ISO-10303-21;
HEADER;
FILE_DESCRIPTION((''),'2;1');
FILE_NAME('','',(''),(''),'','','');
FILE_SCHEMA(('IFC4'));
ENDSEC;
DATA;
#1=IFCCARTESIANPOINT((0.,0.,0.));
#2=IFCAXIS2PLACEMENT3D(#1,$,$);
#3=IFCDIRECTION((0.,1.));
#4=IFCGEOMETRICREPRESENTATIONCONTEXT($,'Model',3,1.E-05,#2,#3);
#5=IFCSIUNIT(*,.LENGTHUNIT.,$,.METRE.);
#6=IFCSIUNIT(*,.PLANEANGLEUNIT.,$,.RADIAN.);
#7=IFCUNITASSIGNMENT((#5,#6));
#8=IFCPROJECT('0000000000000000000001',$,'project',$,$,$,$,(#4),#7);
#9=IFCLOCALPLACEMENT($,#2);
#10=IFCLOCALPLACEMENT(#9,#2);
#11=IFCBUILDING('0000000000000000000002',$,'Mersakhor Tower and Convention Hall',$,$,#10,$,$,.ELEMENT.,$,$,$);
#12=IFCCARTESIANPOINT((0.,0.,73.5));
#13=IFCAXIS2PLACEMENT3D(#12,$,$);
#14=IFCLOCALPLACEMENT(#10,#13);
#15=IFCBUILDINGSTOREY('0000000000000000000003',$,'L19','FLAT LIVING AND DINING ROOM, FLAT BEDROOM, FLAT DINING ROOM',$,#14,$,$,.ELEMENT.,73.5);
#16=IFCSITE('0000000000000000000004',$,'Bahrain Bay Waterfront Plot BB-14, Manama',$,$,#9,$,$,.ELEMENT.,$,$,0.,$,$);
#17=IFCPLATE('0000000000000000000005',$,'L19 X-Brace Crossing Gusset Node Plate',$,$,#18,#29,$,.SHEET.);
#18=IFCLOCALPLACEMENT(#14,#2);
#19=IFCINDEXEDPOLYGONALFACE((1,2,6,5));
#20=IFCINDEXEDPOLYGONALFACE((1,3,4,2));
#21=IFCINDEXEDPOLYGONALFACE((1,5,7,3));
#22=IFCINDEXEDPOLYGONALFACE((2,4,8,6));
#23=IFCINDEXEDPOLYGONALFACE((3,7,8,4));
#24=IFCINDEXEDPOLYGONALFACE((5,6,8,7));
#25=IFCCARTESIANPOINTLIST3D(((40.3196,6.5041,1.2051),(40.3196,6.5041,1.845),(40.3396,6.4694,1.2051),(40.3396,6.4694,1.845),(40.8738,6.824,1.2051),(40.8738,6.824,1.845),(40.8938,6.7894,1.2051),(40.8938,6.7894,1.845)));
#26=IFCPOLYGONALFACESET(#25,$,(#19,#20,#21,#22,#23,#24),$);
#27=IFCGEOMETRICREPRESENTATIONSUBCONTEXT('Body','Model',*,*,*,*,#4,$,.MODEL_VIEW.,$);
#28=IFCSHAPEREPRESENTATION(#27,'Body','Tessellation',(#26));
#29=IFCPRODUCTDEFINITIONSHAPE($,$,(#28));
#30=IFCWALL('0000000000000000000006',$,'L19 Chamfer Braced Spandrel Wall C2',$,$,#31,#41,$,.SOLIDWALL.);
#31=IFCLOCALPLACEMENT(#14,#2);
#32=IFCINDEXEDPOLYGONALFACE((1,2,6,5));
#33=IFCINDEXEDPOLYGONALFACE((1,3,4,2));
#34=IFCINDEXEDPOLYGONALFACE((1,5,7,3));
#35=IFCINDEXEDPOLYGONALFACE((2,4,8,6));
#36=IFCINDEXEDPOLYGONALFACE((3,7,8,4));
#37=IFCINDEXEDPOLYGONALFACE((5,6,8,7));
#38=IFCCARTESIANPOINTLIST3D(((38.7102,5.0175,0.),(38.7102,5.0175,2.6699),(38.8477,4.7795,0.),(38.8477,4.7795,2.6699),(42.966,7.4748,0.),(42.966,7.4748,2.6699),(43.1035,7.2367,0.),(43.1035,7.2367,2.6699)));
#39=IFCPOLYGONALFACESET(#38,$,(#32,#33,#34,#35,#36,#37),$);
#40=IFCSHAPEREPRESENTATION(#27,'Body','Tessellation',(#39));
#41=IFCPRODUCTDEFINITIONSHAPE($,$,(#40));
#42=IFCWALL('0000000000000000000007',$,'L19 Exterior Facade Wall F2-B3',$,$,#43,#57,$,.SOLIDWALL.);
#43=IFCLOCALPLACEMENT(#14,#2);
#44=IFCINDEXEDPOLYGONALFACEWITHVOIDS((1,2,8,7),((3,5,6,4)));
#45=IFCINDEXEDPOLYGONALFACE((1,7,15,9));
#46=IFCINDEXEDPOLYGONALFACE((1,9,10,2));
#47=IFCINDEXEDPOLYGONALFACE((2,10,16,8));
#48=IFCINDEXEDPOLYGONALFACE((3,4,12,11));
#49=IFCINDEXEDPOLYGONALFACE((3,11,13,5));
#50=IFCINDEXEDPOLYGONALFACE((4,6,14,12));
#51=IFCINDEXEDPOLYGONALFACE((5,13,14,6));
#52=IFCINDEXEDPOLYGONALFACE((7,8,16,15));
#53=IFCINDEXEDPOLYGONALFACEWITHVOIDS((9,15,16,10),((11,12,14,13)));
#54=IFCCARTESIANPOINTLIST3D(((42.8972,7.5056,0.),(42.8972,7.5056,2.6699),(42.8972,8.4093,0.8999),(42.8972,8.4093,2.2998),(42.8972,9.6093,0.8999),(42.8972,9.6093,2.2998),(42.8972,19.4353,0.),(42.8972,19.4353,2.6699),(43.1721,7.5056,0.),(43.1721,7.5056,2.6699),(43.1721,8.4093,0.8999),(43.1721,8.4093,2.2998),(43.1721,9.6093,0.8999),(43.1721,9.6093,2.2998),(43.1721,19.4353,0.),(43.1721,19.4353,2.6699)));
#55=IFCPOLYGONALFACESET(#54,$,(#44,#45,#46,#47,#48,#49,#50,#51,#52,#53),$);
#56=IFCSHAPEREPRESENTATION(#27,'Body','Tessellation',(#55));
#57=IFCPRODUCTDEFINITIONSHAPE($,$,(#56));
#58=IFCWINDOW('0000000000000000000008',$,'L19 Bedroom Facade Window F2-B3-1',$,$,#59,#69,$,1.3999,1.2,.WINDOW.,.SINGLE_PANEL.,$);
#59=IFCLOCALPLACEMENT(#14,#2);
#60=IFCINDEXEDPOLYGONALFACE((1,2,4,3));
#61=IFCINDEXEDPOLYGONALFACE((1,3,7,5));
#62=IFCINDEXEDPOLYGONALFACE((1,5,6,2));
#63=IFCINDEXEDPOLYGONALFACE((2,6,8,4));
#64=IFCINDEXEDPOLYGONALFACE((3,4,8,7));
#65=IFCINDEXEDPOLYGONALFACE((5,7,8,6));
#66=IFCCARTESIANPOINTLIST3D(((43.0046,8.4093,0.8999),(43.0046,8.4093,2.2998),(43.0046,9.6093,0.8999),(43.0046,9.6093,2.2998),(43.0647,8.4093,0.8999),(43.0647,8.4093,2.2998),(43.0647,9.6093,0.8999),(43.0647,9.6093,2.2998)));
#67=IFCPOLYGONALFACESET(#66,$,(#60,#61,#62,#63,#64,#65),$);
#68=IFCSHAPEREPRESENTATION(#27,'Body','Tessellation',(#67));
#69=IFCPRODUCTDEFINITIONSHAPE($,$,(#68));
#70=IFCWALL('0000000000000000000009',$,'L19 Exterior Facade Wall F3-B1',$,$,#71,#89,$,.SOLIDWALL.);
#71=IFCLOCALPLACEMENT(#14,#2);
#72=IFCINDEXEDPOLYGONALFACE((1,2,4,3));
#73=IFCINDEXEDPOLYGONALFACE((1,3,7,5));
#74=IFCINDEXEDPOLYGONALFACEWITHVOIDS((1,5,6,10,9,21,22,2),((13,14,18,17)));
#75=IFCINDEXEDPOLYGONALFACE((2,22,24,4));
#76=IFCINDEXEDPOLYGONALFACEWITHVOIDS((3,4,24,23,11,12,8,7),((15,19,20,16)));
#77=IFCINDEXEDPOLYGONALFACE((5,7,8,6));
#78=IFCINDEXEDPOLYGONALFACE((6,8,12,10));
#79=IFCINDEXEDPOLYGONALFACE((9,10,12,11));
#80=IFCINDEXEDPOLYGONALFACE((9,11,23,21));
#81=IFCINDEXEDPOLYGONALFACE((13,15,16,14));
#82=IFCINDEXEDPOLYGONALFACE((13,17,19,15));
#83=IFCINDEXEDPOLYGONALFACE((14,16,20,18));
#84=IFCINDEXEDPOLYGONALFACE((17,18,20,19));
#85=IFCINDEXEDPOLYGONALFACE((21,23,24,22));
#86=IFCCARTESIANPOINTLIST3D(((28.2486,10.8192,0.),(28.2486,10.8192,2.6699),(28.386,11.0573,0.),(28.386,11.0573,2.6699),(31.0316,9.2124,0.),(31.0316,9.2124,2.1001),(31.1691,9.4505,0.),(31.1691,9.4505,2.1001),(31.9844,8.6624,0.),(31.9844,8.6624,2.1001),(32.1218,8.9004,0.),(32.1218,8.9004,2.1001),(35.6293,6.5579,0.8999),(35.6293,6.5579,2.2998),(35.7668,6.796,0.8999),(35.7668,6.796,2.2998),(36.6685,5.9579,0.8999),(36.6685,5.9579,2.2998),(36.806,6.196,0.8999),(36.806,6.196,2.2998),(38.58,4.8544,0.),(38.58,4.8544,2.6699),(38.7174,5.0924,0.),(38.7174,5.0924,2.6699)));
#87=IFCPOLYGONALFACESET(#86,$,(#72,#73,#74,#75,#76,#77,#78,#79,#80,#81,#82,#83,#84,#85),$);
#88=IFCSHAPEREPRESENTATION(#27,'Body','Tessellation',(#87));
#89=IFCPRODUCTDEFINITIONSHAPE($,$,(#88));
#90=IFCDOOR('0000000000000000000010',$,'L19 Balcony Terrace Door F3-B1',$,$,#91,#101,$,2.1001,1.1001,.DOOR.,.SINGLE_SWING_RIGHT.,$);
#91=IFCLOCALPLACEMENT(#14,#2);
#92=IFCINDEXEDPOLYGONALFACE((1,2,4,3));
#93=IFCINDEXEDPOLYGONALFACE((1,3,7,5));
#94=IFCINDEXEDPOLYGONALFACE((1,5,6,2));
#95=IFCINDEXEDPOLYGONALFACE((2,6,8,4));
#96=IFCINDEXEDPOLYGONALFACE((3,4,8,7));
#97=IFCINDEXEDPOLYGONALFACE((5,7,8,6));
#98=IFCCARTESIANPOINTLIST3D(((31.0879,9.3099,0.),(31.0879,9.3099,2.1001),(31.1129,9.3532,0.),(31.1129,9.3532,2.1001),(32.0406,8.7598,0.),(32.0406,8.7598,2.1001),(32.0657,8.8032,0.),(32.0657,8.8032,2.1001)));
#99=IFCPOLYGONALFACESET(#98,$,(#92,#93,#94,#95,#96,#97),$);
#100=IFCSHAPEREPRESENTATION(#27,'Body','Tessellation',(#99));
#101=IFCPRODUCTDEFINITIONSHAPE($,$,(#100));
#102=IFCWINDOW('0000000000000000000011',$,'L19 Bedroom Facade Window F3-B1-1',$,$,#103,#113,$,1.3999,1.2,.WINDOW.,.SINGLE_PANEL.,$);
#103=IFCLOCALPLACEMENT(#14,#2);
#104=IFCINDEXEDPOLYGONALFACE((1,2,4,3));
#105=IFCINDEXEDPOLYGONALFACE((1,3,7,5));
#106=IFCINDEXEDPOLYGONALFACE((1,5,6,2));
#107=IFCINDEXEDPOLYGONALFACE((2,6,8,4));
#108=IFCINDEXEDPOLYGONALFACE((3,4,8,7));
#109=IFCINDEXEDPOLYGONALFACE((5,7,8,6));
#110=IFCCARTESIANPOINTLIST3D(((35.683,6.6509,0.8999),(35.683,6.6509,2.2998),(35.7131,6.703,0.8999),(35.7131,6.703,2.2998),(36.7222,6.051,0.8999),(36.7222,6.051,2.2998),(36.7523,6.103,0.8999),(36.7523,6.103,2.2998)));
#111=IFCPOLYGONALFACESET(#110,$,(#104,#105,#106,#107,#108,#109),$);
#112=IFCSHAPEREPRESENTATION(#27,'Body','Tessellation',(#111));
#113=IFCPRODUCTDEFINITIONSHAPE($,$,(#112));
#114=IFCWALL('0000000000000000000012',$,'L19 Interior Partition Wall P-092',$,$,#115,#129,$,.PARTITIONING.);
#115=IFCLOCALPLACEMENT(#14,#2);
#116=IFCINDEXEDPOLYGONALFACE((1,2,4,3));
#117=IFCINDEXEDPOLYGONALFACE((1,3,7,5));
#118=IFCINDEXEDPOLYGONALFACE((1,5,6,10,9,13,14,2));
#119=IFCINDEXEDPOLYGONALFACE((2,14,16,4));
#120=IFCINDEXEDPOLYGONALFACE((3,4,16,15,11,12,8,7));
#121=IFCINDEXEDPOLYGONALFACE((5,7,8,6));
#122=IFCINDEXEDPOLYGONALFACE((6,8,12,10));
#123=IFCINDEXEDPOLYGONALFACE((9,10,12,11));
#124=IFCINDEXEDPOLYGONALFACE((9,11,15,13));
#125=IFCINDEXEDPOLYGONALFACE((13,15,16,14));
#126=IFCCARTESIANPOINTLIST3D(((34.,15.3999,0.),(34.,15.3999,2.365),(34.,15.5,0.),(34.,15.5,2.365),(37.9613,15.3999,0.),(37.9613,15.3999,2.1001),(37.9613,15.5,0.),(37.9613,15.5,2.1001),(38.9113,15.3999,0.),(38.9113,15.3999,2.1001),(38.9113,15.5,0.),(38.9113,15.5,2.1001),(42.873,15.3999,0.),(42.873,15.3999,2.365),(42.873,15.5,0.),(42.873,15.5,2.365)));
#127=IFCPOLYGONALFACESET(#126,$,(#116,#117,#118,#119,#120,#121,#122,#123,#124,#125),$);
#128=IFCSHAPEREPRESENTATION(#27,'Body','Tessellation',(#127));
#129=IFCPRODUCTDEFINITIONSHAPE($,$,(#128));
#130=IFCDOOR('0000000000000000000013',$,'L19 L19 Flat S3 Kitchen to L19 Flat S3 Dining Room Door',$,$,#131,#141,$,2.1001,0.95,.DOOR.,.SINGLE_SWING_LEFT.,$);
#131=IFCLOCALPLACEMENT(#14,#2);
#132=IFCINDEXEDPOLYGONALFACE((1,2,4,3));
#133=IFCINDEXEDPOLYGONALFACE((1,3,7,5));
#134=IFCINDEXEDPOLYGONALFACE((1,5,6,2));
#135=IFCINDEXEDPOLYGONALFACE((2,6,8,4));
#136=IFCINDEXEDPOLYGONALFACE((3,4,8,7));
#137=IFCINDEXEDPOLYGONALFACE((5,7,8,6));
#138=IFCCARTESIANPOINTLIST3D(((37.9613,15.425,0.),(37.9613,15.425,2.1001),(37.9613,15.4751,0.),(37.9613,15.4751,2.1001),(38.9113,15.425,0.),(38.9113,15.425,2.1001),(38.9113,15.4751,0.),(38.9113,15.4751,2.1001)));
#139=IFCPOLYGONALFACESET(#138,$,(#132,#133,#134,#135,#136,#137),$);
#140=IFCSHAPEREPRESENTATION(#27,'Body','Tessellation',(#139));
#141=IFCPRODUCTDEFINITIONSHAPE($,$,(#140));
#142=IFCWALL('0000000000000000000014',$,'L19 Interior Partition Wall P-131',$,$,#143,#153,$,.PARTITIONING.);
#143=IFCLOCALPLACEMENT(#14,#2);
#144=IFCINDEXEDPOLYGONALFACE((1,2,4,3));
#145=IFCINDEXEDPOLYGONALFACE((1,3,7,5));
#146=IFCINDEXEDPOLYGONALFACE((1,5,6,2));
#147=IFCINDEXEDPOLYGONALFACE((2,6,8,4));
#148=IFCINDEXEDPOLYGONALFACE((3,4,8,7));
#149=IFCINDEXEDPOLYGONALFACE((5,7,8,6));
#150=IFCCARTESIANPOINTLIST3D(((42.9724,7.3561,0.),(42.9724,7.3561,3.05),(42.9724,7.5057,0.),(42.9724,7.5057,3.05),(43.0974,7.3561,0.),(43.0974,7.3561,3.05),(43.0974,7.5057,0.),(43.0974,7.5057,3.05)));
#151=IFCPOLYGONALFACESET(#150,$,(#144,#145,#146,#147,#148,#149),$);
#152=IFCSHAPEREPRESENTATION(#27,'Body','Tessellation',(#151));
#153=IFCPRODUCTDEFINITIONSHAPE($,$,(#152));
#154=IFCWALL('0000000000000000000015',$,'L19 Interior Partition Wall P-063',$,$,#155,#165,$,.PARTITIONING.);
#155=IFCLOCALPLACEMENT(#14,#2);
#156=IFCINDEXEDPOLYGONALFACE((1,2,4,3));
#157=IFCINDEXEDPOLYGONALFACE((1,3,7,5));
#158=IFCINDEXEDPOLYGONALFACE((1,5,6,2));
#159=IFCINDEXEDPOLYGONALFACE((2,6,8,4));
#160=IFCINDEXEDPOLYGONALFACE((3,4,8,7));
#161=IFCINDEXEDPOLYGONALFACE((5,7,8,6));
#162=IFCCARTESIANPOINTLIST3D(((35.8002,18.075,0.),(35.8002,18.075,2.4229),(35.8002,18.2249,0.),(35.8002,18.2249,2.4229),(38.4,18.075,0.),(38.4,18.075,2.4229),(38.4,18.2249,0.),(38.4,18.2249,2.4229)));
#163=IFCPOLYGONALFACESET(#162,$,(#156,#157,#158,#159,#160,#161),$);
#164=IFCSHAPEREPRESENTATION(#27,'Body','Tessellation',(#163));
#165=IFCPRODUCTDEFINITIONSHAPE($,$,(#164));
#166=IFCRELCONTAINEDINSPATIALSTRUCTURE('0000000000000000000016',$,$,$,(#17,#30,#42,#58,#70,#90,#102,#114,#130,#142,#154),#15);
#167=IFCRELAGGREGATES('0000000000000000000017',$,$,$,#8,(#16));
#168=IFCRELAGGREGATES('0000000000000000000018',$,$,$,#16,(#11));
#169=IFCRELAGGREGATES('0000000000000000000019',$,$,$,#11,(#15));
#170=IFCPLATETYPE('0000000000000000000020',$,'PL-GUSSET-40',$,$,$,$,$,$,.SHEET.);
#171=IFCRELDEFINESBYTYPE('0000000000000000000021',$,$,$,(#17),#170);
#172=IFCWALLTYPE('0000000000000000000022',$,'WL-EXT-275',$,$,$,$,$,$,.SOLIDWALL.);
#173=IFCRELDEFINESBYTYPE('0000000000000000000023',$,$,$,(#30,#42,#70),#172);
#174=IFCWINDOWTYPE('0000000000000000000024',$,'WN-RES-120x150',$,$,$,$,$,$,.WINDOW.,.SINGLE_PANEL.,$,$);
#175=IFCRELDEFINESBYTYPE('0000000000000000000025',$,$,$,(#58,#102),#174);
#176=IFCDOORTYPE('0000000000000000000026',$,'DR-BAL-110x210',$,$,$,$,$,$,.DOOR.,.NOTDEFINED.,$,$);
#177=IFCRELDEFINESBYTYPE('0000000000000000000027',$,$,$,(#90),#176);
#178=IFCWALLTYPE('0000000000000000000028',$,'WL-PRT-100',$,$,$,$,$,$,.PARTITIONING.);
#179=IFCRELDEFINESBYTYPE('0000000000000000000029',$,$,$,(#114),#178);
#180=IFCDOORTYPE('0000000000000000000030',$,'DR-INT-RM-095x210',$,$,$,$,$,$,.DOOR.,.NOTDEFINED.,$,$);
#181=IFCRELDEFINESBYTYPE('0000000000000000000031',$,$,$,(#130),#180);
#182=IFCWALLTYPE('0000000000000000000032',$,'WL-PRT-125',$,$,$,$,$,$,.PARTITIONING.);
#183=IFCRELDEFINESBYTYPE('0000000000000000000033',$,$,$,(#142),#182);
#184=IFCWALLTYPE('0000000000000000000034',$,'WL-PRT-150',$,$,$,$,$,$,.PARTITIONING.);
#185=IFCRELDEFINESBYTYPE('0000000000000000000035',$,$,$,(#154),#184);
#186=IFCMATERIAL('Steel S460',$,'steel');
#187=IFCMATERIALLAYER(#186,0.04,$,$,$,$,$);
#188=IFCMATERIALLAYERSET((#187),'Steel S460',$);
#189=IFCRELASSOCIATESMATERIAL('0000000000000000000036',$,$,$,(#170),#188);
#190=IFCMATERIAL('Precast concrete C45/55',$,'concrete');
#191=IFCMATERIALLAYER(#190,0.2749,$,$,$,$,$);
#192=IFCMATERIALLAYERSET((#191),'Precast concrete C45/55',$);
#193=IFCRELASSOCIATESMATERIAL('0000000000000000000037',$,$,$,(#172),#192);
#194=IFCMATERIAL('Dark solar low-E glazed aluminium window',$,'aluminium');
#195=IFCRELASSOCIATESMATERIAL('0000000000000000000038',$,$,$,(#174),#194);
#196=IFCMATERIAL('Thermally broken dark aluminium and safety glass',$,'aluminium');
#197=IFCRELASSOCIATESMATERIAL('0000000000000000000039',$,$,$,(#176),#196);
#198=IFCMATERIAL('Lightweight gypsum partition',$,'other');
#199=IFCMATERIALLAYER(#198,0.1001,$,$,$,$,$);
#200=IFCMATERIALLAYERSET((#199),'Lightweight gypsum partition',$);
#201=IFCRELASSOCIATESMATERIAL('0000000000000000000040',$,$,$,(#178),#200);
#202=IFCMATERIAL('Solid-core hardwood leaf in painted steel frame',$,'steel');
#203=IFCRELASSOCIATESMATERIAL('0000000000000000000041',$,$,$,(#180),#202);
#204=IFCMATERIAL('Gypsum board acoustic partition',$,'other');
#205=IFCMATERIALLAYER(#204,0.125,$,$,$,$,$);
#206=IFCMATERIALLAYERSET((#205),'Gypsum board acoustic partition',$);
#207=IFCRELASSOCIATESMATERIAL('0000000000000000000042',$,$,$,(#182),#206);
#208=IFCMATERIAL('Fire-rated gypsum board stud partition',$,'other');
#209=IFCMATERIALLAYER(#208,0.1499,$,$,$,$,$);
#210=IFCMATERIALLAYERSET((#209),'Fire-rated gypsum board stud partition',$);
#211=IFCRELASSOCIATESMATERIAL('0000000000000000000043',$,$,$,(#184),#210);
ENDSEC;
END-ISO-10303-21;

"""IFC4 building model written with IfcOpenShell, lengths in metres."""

from ifc_helpers import new_model, si_unit, direction, frame, frame_2d, origin, origin_2d, place, context, subcontext, project, spatial, rectangle, extrude, material, layer, layer_set, type_object, element, fill, save


model = new_model("IFC4")

# Units and contexts
model_context = context("Model", 3, precision=1e-05, world=origin(), true_north=direction((0.0, 1.0)))
body_context = subcontext(model_context, "Body", "Model", "MODEL_VIEW")
ifc_project = project(units=[si_unit("LENGTHUNIT", "METRE"), si_unit("PLANEANGLEUNIT", "RADIAN")], contexts=[model_context])

# Site, building, storey
site_placement = place(None, origin())
site = spatial("IfcSite", under=ifc_project, at=site_placement, Name="Bahrain Bay Waterfront Plot BB-14, Manama", CompositionType="ELEMENT", RefElevation=0.0)
building_placement = place(site_placement, origin())
building = spatial("IfcBuilding", under=site, at=building_placement, Name="Mersakhor Tower and Convention Hall", CompositionType="ELEMENT")
storey_placement = place(building_placement, frame((0.0, 0.0, 73.5)))
storey = spatial("IfcBuildingStorey", under=building, at=storey_placement, Name="L19", Description="FLAT LIVING AND DINING ROOM, FLAT BEDROOM, FLAT DINING ROOM", CompositionType="ELEMENT", Elevation=73.5)

# Plate
ifc_material_1 = material(Name="Steel S460", Category="steel")
ifc_layer_1 = layer(ifc_material_1, 0.04)
ifc_layer_set_1 = layer_set([ifc_layer_1], Name="Steel S460")
plate_type_1 = type_object("IfcPlateType", Name="PL-GUSSET-40", PredefinedType="SHEET", material=ifc_layer_set_1)
plate_1_placement = place(storey_placement, frame((40.6067, 6.6467, 1.2051), z_axis=(0.0, 0.0, 1.0), x_axis=(0.866025, 0.5, 0.0)))
element("IfcPlate", 1, at=plate_1_placement, inside=storey, type_object=plate_type_1, Name="L19 X-Brace Crossing Gusset Node Plate", PredefinedType="SHEET", context=body_context, shape_type="SweptSolid", body=[
    extrude(rectangle(XDim=0.6399, YDim=0.04, at=origin_2d()), origin(), (0.0, 0.0, 1.0), 0.6399),
])

# Wall
ifc_material_2 = material(Name="Precast concrete C45/55", Category="concrete")
ifc_layer_2 = layer(ifc_material_2, 0.2749)
ifc_layer_set_2 = layer_set([ifc_layer_2], Name="Precast concrete C45/55")
wall_type_1 = type_object("IfcWallType", Name="WL-EXT-275", PredefinedType="SOLIDWALL", material=ifc_layer_set_2)
wall_1_placement = place(storey_placement, frame((43.0347, 7.3557, 0.0), z_axis=(0.0, 0.0, 1.0), x_axis=(-0.866012, -0.500023, 0.0)))
element("IfcWall", 2, at=wall_1_placement, inside=storey, type_object=wall_type_1, Name="L19 Chamfer Braced Spandrel Wall C2", PredefinedType="SOLIDWALL", context=body_context, shape_type="SweptSolid", body=[
    extrude(rectangle(XDim=4.9143, YDim=0.2749, at=frame_2d((2.457, 0.0))), origin(), (0.0, 0.0, 1.0), 2.6699),
])

# Wall, opening, window
wall_2_placement = place(storey_placement, frame((43.0347, 19.4353, 0.0), z_axis=(0.0, 0.0, 1.0), x_axis=(0.0, -1.0, 0.0)))
wall_2 = element("IfcWall", 3, at=wall_2_placement, inside=storey, type_object=wall_type_1, Name="L19 Exterior Facade Wall F2-B3", PredefinedType="SOLIDWALL", context=body_context, shape_type="SweptSolid", body=[
    extrude(rectangle(XDim=11.9297, YDim=0.2749, at=frame_2d((5.9648, 0.0))), origin(), (0.0, 0.0, 1.0), 2.6699),
])
opening_1_placement = place(wall_2_placement, frame((9.8259, 0.0, 0.8999)))
opening_1 = element("IfcOpeningElement", 4, at=opening_1_placement, cuts=wall_2, PredefinedType="OPENING", context=body_context, shape_type="SweptSolid", body=[
    extrude(rectangle(XDim=1.2, YDim=1.3999, at=frame_2d((0.6001, 0.7))), frame((0.0, 0.1475, 0.0), z_axis=(0.0, -1.0, 0.0), x_axis=(1.0, 0.0, 0.0)), (0.0, 0.0, 1.0), 0.2949),
])
ifc_material_3 = material(Name="Dark solar low-E glazed aluminium window", Category="aluminium")
window_type = type_object("IfcWindowType", Name="WN-RES-120x150", PartitioningType="SINGLE_PANEL", PredefinedType="WINDOW", material=ifc_material_3)
window_1_placement = place(opening_1_placement, origin())
window_1 = element("IfcWindow", 5, at=window_1_placement, inside=storey, type_object=window_type, Name="L19 Bedroom Facade Window F2-B3-1", OverallHeight=1.3999, OverallWidth=1.2, PartitioningType="SINGLE_PANEL", PredefinedType="WINDOW", context=body_context, shape_type="SweptSolid", body=[
    extrude(rectangle(XDim=1.2, YDim=1.3999, at=frame_2d((0.6001, 0.7))), frame((0.0, 0.03, 0.0), z_axis=(0.0, -1.0, 0.0), x_axis=(1.0, 0.0, 0.0)), (0.0, 0.0, 1.0), 0.0601),
])
fill(opening_1, window_1)

# Wall, openings, door, window
wall_3_placement = place(storey_placement, frame((38.6487, 4.9734, 0.0), z_axis=(0.0, 0.0, 1.0), x_axis=(-0.866023, 0.500004, 0.0)))
wall_3 = element("IfcWall", 6, at=wall_3_placement, inside=storey, type_object=wall_type_1, Name="L19 Exterior Facade Wall F3-B1", PredefinedType="SOLIDWALL", context=body_context, shape_type="SweptSolid", body=[
    extrude(rectangle(XDim=11.9297, YDim=0.2749, at=frame_2d((5.9648, 0.0))), origin(), (0.0, 0.0, 1.0), 2.6699),
])
opening_2_placement = place(wall_3_placement, frame((7.616, 0.0, 0.0)))
opening_2 = element("IfcOpeningElement", 7, at=opening_2_placement, cuts=wall_3, PredefinedType="OPENING", context=body_context, shape_type="SweptSolid", body=[
    extrude(rectangle(XDim=1.1001, YDim=2.1001, at=frame_2d((0.55, 1.05))), frame((0.0, 0.1475, 0.0), z_axis=(0.0, -1.0, 0.0), x_axis=(1.0, 0.0, 0.0)), (0.0, 0.0, 1.0), 0.2949),
])
opening_3_placement = place(wall_3_placement, frame((2.207, 0.0, 0.8999)))
opening_3 = element("IfcOpeningElement", 8, at=opening_3_placement, cuts=wall_3, PredefinedType="OPENING", context=body_context, shape_type="SweptSolid", body=[
    extrude(rectangle(XDim=1.2, YDim=1.3999, at=frame_2d((0.6001, 0.7))), frame((0.0, 0.1475, 0.0), z_axis=(0.0, -1.0, 0.0), x_axis=(1.0, 0.0, 0.0)), (0.0, 0.0, 1.0), 0.2949),
])
ifc_material_4 = material(Name="Thermally broken dark aluminium and safety glass", Category="aluminium")
door_type_1 = type_object("IfcDoorType", Name="DR-BAL-110x210", OperationType="NOTDEFINED", PredefinedType="DOOR", material=ifc_material_4)
door_1_placement = place(opening_2_placement, origin())
door_1 = element("IfcDoor", 9, at=door_1_placement, inside=storey, type_object=door_type_1, Name="L19 Balcony Terrace Door F3-B1", OperationType="SINGLE_SWING_RIGHT", OverallHeight=2.1001, OverallWidth=1.1001, PredefinedType="DOOR", context=body_context, shape_type="SweptSolid", body=[
    extrude(rectangle(XDim=1.1001, YDim=2.1001, at=frame_2d((0.55, 1.05))), frame((0.0, 0.0249, 0.0), z_axis=(0.0, -1.0, 0.0), x_axis=(1.0, 0.0, 0.0)), (0.0, 0.0, 1.0), 0.05),
])
fill(opening_2, door_1)
window_2_placement = place(opening_3_placement, origin())
window_2 = element("IfcWindow", 10, at=window_2_placement, inside=storey, type_object=window_type, Name="L19 Bedroom Facade Window F3-B1-1", OverallHeight=1.3999, OverallWidth=1.2, PartitioningType="SINGLE_PANEL", PredefinedType="WINDOW", context=body_context, shape_type="SweptSolid", body=[
    extrude(rectangle(XDim=1.2, YDim=1.3999, at=frame_2d((0.6001, 0.7))), frame((0.0, 0.03, 0.0), z_axis=(0.0, -1.0, 0.0), x_axis=(1.0, 0.0, 0.0)), (0.0, 0.0, 1.0), 0.0601),
])
fill(opening_3, window_2)

# Wall, opening, door
ifc_material_5 = material(Name="Lightweight gypsum partition", Category="other")
ifc_layer_3 = layer(ifc_material_5, 0.1001)
ifc_layer_set_3 = layer_set([ifc_layer_3], Name="Lightweight gypsum partition")
wall_type_2 = type_object("IfcWallType", Name="WL-PRT-100", PredefinedType="PARTITIONING", material=ifc_layer_set_3)
wall_4_placement = place(storey_placement, frame((42.873, 15.45, 0.0), z_axis=(0.0, 0.0, 1.0), x_axis=(-1.0, 0.0, 0.0)))
wall_4 = element("IfcWall", 11, at=wall_4_placement, inside=storey, type_object=wall_type_2, Name="L19 Interior Partition Wall P-092", PredefinedType="PARTITIONING", context=body_context, shape_type="SweptSolid", body=[
    extrude(rectangle(XDim=8.873, YDim=0.1001, at=frame_2d((4.4365, 0.0))), origin(), (0.0, 0.0, 1.0), 2.365),
])
opening_4_placement = place(wall_4_placement, frame((3.9617, 0.0, 0.0)))
opening_4 = element("IfcOpeningElement", 12, at=opening_4_placement, cuts=wall_4, PredefinedType="OPENING", context=body_context, shape_type="SweptSolid", body=[
    extrude(rectangle(XDim=0.95, YDim=2.1001, at=frame_2d((0.4751, 1.05))), frame((0.0, 0.0601, 0.0), z_axis=(0.0, -1.0, 0.0), x_axis=(1.0, 0.0, 0.0)), (0.0, 0.0, 1.0), 0.1201),
])
ifc_material_6 = material(Name="Solid-core hardwood leaf in painted steel frame", Category="steel")
door_type_2 = type_object("IfcDoorType", Name="DR-INT-RM-095x210", OperationType="NOTDEFINED", PredefinedType="DOOR", material=ifc_material_6)
door_2_placement = place(opening_4_placement, origin())
door_2 = element("IfcDoor", 13, at=door_2_placement, inside=storey, type_object=door_type_2, Name="L19 L19 Flat S3 Kitchen to L19 Flat S3 Dining Room Door", OperationType="SINGLE_SWING_LEFT", OverallHeight=2.1001, OverallWidth=0.95, PredefinedType="DOOR", context=body_context, shape_type="SweptSolid", body=[
    extrude(rectangle(XDim=0.95, YDim=2.1001, at=frame_2d((0.4751, 1.05))), frame((0.0, 0.0249, 0.0), z_axis=(0.0, -1.0, 0.0), x_axis=(1.0, 0.0, 0.0)), (0.0, 0.0, 1.0), 0.05),
])
fill(opening_4, door_2)

# Wall
ifc_material_7 = material(Name="Gypsum board acoustic partition", Category="other")
ifc_layer_4 = layer(ifc_material_7, 0.125)
ifc_layer_set_4 = layer_set([ifc_layer_4], Name="Gypsum board acoustic partition")
wall_type_3 = type_object("IfcWallType", Name="WL-PRT-125", PredefinedType="PARTITIONING", material=ifc_layer_set_4)
wall_5_placement = place(storey_placement, frame((43.0349, 7.5056, 0.0), z_axis=(0.0, 0.0, 1.0), x_axis=(0.0, -1.0, 0.0)))
element("IfcWall", 14, at=wall_5_placement, inside=storey, type_object=wall_type_3, Name="L19 Interior Partition Wall P-131", PredefinedType="PARTITIONING", context=body_context, shape_type="SweptSolid", body=[
    extrude(rectangle(XDim=0.1497, YDim=0.125, at=frame_2d((0.0747, 0.0))), origin(), (0.0, 0.0, 1.0), 3.05),
])

# Shared definitions
ifc_material_8 = material(Name="Fire-rated gypsum board stud partition", Category="other")
ifc_layer_5 = layer(ifc_material_8, 0.1499)
ifc_layer_set_5 = layer_set([ifc_layer_5], Name="Fire-rated gypsum board stud partition")
wall_type_4 = type_object("IfcWallType", Name="WL-PRT-150", PredefinedType="PARTITIONING", material=ifc_layer_set_5)

# Wall
wall_6_placement = place(storey_placement, frame((38.3999, 18.1499, 0.0), z_axis=(0.0, 0.0, 1.0), x_axis=(-1.0, 0.0, 0.0)))
element("IfcWall", 15, at=wall_6_placement, inside=storey, type_object=wall_type_4, Name="L19 Interior Partition Wall P-063", PredefinedType="PARTITIONING", context=body_context, shape_type="SweptSolid", body=[
    extrude(rectangle(XDim=2.5999, YDim=0.1499, at=frame_2d((1.2998, 0.0))), origin(), (0.0, 0.0, 1.0), 2.4229),
])

save(model, "model.ifc")
